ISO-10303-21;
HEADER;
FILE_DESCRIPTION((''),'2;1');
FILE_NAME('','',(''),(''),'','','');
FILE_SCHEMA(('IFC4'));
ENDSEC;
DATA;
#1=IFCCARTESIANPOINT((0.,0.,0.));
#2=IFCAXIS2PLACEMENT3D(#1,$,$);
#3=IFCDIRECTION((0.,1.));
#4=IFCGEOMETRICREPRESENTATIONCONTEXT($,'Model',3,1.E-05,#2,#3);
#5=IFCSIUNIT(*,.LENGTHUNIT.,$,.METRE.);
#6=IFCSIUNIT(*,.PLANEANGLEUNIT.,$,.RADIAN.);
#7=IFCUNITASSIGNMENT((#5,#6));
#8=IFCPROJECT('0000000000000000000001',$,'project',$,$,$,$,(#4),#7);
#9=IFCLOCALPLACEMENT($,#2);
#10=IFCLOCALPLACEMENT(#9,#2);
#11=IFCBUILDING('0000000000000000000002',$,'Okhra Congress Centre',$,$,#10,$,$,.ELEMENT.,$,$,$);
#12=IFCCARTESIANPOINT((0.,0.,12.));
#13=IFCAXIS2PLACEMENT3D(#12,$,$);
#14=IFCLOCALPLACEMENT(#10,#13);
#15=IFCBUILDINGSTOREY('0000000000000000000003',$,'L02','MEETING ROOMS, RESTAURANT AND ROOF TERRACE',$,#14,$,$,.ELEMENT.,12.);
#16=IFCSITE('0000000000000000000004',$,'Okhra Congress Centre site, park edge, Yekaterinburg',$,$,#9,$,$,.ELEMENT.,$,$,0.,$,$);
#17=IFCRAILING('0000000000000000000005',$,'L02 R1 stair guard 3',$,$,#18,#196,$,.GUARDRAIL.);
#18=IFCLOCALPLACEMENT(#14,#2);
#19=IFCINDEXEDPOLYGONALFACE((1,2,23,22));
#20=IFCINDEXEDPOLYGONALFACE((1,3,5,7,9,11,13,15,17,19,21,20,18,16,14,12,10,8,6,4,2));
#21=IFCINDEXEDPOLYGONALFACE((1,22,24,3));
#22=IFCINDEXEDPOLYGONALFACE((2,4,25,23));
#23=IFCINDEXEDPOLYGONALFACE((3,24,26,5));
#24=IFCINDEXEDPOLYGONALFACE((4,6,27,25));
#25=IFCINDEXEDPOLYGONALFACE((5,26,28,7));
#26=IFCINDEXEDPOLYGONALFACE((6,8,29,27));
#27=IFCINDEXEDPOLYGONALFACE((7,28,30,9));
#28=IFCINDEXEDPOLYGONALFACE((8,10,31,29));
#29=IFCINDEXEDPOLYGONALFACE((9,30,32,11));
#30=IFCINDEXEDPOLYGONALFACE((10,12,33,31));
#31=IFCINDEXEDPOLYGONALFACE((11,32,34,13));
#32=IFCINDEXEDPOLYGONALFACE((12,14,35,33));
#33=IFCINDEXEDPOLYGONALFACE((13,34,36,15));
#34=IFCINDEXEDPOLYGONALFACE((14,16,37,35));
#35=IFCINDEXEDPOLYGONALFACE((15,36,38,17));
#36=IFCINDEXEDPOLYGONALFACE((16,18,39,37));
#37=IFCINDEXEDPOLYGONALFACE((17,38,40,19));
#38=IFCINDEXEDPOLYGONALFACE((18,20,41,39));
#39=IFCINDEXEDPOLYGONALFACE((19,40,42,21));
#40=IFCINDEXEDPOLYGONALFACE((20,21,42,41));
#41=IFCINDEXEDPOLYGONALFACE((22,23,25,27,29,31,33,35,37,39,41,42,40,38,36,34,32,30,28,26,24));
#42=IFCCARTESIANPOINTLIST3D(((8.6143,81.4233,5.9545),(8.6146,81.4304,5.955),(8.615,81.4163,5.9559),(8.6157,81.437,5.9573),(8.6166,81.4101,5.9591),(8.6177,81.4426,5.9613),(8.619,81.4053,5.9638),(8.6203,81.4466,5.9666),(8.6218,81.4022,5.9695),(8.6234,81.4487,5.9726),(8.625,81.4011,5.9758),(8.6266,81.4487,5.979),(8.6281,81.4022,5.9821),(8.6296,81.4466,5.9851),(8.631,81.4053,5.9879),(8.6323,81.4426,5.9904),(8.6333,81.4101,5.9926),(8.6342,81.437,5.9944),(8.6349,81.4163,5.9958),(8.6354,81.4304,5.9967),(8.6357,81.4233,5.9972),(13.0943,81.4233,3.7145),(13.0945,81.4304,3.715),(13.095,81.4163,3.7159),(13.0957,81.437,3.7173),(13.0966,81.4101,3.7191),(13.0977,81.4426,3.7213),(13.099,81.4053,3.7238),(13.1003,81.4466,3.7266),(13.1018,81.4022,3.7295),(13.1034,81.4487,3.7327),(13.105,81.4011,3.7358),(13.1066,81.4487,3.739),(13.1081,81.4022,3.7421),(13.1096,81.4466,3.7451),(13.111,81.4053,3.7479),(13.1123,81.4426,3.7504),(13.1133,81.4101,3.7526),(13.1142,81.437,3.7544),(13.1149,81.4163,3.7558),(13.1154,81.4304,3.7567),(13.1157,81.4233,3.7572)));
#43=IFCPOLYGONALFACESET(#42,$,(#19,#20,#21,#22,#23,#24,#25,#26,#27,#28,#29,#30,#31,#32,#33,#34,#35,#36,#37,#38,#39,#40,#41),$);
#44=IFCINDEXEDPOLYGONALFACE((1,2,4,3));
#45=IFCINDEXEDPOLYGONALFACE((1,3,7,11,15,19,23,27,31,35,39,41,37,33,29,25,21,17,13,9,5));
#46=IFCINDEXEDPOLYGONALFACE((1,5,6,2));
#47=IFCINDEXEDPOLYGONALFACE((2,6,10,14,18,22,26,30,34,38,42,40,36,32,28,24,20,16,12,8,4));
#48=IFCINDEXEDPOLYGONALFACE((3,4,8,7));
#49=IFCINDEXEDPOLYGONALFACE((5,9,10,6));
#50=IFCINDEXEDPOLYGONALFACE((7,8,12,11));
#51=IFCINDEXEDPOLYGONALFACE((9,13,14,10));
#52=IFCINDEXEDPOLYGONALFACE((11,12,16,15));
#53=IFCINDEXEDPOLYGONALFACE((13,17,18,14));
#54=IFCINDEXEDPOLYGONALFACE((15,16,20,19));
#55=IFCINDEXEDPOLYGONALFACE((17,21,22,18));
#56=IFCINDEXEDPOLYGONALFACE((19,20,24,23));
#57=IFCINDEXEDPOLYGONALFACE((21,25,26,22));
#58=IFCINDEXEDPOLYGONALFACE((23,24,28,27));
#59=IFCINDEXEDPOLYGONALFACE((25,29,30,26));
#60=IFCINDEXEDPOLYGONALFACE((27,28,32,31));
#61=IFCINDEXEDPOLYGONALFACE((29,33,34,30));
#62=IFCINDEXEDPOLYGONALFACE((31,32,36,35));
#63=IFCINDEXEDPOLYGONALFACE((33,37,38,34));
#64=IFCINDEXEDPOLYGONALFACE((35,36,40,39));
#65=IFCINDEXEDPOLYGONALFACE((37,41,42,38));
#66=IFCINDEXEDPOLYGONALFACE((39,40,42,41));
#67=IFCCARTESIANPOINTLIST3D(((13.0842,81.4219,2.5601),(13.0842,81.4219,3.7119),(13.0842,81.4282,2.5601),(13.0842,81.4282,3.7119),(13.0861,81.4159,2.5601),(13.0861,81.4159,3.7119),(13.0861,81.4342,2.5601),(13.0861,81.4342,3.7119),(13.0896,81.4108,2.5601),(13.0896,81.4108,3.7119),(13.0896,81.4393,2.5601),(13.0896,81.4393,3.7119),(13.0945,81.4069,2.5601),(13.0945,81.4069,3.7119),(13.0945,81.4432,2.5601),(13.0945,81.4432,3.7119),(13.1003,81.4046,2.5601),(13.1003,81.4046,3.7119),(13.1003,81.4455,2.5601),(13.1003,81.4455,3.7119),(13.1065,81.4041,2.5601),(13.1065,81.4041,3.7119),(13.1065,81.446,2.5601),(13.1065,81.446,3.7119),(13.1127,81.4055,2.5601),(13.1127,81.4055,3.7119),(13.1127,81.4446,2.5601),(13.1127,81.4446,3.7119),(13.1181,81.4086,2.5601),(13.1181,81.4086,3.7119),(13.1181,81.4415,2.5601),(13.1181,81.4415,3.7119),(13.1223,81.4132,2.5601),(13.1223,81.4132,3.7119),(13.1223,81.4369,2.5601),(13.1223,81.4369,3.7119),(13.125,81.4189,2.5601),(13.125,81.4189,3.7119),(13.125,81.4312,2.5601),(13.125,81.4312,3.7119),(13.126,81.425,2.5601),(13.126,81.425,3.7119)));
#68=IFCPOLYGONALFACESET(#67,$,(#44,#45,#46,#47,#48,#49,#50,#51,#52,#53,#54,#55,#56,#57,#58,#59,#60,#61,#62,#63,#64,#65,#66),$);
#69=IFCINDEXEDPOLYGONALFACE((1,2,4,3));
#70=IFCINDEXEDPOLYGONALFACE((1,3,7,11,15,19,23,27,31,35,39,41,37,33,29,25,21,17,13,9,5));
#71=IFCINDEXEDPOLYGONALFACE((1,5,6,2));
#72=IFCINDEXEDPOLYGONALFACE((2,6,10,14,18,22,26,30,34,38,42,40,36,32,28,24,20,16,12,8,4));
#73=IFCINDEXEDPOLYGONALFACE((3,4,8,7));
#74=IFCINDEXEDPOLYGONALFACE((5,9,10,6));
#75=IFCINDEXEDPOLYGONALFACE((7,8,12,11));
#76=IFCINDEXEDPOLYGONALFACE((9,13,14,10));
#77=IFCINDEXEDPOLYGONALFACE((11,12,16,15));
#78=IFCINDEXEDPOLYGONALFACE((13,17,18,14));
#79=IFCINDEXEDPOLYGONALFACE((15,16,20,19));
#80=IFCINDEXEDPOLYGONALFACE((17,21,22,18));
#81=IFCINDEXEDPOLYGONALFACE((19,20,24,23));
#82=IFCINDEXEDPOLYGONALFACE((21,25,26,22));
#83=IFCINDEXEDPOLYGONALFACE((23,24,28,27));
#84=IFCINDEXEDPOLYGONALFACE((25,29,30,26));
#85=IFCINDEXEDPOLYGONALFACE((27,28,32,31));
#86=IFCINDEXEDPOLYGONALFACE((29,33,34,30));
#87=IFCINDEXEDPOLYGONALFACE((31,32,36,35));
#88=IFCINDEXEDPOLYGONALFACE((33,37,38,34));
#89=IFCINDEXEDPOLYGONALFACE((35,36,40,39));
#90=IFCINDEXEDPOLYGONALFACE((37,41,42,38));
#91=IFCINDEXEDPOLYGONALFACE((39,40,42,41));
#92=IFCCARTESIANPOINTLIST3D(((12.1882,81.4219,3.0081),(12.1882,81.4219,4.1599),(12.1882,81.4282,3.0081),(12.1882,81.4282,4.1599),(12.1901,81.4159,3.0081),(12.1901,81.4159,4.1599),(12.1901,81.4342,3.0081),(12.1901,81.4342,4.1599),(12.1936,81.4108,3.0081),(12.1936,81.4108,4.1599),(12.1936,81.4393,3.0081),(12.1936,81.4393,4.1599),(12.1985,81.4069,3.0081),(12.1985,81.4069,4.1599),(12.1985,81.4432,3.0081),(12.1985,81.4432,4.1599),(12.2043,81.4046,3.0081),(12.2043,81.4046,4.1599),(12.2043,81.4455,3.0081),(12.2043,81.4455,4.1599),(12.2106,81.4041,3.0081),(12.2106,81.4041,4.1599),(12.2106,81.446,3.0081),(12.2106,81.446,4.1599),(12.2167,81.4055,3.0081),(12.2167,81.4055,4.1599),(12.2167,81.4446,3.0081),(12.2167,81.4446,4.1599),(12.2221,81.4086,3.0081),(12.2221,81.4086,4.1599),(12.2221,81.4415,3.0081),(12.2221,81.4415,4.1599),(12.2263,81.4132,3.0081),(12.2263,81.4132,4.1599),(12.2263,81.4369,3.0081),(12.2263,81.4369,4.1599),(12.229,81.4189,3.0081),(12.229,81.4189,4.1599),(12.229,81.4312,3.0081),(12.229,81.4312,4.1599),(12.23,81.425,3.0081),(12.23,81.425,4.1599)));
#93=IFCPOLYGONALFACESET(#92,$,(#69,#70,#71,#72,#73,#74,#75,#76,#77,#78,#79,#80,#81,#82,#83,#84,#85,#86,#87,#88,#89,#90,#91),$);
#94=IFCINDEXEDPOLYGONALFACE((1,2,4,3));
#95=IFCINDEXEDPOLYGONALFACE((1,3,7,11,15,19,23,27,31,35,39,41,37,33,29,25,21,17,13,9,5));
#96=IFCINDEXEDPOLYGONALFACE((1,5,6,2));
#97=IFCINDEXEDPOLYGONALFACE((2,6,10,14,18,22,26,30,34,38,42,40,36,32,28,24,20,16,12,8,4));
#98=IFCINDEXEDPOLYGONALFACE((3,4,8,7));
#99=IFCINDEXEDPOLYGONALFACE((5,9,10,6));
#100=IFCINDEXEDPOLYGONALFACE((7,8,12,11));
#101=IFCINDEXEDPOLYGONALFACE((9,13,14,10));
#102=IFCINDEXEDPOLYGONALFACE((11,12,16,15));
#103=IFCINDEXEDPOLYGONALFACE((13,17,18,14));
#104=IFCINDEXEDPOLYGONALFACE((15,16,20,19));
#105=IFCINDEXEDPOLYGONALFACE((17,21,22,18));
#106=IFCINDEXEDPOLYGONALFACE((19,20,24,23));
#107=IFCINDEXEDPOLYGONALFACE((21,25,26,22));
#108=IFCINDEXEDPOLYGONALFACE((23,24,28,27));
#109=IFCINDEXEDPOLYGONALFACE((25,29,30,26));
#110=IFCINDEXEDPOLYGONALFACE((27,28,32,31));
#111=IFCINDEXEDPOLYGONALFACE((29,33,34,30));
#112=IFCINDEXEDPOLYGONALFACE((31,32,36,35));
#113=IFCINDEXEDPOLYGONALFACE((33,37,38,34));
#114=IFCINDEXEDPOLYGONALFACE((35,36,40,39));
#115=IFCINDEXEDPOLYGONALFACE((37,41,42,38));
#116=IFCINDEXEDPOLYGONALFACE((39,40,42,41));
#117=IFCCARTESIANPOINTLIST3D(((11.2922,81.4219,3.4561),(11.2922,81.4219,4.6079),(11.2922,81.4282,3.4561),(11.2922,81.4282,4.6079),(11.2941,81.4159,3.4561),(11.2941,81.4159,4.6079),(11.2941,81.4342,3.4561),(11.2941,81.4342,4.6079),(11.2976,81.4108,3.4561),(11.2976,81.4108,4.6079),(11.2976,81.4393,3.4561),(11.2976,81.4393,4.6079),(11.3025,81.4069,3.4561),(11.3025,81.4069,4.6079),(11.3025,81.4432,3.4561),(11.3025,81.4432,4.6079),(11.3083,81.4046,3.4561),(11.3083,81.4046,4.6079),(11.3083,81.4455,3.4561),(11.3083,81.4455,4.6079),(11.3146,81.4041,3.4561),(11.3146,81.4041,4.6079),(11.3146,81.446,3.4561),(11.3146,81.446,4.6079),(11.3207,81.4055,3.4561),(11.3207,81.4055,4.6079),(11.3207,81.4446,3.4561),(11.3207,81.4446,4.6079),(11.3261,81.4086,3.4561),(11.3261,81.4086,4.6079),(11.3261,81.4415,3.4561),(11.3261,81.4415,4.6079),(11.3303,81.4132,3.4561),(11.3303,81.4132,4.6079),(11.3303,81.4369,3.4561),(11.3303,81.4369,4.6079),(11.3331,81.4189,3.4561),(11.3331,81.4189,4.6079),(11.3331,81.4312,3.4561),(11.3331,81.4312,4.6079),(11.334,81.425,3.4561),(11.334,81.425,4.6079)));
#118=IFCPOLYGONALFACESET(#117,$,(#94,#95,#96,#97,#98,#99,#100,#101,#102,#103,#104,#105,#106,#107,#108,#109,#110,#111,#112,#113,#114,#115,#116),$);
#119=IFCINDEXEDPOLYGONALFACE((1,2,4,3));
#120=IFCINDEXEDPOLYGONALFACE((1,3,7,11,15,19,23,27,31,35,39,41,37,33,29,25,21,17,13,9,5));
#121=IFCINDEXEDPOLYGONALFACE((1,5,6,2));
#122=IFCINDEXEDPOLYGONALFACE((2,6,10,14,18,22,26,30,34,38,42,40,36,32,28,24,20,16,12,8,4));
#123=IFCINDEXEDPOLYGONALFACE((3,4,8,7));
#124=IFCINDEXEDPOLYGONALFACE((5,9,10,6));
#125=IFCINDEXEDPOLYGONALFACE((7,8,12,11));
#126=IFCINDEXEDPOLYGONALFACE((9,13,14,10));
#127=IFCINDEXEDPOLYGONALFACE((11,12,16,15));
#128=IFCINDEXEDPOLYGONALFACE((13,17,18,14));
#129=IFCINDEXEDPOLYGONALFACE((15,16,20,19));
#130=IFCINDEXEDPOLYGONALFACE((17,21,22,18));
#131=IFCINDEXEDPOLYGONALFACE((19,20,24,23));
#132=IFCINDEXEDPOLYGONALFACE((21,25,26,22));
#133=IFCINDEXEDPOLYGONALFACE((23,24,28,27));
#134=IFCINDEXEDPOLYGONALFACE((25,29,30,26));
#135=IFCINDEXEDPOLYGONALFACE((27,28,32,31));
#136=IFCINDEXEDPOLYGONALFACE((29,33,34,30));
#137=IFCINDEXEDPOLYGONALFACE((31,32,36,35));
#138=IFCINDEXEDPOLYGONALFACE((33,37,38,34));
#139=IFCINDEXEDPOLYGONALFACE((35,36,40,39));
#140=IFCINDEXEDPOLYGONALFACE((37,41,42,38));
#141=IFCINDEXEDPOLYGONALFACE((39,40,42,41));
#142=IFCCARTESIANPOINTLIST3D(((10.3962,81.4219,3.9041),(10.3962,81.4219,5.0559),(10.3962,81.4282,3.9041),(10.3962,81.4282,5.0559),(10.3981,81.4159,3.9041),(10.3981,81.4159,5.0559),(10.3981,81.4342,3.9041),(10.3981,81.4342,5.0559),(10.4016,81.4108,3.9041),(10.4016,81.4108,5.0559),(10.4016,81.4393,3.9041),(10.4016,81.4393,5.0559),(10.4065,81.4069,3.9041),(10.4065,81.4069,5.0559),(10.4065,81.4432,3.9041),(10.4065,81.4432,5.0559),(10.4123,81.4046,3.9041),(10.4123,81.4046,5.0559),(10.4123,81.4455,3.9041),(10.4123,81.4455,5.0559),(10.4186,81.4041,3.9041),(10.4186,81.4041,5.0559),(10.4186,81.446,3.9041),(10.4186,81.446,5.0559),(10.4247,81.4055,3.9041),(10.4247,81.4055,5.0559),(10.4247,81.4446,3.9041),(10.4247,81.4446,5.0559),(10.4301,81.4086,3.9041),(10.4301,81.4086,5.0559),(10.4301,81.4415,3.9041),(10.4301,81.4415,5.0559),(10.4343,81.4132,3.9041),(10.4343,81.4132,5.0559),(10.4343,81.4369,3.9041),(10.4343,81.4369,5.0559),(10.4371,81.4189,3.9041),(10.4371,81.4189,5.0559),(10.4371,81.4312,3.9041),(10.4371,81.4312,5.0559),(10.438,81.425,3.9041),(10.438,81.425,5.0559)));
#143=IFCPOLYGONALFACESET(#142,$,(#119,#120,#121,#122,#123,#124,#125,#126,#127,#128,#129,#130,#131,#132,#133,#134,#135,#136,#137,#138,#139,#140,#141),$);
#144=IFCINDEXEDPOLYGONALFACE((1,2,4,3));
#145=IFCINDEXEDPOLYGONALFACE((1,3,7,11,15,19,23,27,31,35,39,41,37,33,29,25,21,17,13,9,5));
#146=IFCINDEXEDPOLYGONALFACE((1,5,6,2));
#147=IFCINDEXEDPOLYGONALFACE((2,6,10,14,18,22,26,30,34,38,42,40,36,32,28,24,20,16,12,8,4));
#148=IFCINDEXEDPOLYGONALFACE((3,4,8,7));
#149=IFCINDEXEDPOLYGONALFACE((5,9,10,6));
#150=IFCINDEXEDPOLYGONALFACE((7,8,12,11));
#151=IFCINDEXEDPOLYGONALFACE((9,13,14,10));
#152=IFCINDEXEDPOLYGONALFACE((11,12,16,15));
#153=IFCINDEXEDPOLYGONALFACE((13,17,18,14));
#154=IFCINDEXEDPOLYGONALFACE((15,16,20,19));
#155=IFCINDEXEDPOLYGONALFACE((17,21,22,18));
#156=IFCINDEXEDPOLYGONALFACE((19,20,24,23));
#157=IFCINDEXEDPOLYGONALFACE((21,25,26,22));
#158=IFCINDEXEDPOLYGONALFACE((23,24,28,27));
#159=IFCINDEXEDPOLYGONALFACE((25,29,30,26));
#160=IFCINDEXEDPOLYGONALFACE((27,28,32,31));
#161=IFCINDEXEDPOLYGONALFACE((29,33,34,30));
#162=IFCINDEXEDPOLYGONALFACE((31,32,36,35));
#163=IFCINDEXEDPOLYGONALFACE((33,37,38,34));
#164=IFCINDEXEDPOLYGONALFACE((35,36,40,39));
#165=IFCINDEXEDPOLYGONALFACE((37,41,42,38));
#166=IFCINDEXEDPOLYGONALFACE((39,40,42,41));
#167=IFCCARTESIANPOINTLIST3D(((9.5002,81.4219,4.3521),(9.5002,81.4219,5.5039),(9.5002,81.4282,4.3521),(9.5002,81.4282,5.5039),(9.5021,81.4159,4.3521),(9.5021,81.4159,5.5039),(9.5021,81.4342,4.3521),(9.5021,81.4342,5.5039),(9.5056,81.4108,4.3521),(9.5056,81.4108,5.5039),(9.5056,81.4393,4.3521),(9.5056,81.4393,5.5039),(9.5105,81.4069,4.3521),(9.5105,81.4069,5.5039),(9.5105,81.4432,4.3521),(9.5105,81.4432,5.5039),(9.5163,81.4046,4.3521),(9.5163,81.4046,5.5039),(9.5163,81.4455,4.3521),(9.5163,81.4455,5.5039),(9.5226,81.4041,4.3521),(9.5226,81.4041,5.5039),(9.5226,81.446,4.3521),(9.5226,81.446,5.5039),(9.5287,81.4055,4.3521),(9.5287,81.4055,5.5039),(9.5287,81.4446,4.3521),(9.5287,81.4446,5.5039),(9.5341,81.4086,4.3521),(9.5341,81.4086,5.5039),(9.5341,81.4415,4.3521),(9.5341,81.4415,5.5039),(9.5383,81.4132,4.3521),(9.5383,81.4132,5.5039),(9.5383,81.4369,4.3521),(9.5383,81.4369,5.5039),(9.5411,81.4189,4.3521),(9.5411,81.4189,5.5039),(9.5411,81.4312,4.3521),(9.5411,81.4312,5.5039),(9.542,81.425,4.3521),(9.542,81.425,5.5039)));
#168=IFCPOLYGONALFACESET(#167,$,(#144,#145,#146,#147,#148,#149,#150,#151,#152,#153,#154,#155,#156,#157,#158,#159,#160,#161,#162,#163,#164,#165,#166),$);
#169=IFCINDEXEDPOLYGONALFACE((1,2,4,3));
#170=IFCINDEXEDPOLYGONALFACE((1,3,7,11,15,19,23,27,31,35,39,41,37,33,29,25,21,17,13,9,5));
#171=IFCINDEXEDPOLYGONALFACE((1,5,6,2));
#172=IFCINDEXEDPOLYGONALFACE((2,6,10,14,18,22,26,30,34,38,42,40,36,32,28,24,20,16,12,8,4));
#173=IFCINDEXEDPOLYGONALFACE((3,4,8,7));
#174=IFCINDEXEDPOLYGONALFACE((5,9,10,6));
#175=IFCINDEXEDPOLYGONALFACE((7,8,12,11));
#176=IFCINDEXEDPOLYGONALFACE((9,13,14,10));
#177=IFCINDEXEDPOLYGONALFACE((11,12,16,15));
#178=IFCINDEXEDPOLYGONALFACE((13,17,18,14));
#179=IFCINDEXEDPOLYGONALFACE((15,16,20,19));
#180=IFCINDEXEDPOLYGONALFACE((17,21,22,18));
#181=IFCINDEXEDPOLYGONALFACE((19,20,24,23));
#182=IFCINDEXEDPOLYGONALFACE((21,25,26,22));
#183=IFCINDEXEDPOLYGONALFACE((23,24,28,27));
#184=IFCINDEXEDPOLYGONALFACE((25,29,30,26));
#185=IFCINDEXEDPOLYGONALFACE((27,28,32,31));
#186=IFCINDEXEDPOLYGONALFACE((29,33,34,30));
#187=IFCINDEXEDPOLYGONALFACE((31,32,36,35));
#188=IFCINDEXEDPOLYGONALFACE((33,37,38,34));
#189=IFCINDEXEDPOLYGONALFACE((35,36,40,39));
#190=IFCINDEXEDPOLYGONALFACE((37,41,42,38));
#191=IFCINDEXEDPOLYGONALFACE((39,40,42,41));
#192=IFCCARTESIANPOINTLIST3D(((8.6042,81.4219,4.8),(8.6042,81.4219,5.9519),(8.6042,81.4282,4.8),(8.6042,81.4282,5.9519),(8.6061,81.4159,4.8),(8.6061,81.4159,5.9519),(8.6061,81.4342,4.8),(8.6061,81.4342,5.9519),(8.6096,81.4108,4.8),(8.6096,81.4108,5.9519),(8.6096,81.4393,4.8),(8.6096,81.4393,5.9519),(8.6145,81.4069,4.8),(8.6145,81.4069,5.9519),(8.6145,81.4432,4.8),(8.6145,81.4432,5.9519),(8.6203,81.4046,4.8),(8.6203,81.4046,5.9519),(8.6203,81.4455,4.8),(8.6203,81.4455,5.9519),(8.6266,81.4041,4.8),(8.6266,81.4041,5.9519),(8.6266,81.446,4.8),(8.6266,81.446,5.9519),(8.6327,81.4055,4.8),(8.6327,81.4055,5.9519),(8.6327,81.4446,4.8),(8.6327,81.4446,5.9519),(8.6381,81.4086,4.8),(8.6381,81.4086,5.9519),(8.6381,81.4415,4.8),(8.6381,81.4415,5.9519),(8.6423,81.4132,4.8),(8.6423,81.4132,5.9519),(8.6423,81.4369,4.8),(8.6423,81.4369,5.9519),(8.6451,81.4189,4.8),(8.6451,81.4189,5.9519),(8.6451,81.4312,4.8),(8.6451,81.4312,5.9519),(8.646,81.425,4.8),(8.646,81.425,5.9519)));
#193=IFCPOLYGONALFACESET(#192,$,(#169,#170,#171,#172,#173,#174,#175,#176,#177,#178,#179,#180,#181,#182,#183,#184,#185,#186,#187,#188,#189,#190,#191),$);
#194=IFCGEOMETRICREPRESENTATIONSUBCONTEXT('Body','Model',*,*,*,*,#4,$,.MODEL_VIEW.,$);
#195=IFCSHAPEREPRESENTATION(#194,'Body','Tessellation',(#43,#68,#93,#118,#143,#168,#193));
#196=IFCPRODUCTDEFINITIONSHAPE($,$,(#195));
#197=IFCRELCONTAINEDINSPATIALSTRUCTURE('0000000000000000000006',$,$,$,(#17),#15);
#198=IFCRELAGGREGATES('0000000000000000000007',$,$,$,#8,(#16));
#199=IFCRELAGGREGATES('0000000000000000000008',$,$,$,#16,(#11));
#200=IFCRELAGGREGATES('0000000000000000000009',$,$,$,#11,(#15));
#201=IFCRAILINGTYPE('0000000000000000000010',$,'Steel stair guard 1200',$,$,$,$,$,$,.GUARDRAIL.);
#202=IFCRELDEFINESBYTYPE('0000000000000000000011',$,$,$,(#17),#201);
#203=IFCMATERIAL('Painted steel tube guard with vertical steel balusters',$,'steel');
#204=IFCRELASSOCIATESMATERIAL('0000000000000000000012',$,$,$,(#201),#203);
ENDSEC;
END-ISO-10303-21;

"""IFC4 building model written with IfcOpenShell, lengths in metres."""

from ifc_helpers import new_model, si_unit, direction, frame, origin, origin_2d, place, context, subcontext, project, spatial, circle, extrude, material, type_object, element, save


model = new_model("IFC4")

# Units and contexts
model_context = context("Model", 3, precision=1e-05, world=origin(), true_north=direction((0.0, 1.0)))
body_context = subcontext(model_context, "Body", "Model", "MODEL_VIEW")
ifc_project = project(units=[si_unit("LENGTHUNIT", "METRE"), si_unit("PLANEANGLEUNIT", "RADIAN")], contexts=[model_context])

# Site, building, storey
site_placement = place(None, origin())
site = spatial("IfcSite", under=ifc_project, at=site_placement, Name="Okhra Congress Centre site, park edge, Yekaterinburg", CompositionType="ELEMENT", RefElevation=0.0)
building_placement = place(site_placement, origin())
building = spatial("IfcBuilding", under=site, at=building_placement, Name="Okhra Congress Centre", CompositionType="ELEMENT")
storey_placement = place(building_placement, frame((0.0, 0.0, 12.0)))
storey = spatial("IfcBuildingStorey", under=building, at=storey_placement, Name="L02", Description="MEETING ROOMS, RESTAURANT AND ROOF TERRACE", CompositionType="ELEMENT", Elevation=12.0)

# Railing
ifc_material_1 = material(Name="Painted steel tube guard with vertical steel balusters", Category="steel")
railing_type_1 = type_object("IfcRailingType", Name="Steel stair guard 1200", PredefinedType="GUARDRAIL", material=ifc_material_1)
railing_1_placement = place(storey_placement, frame((13.105, 81.425, 2.5601)))
element("IfcRailing", 1, at=railing_1_placement, inside=storey, type_object=railing_type_1, Name="L02 R1 stair guard 3", PredefinedType="GUARDRAIL", context=body_context, shape_type="SweptSolid", body=[
    extrude(circle(Radius=0.0239, at=origin_2d()), frame((0.0, 0.0, 1.1758), z_axis=(-0.894427, 0.0, 0.447214), x_axis=(0.0, -1.0, 0.0)), (0.0, 0.0, 1.0), 5.0088),
    extrude(circle(Radius=0.021, at=origin_2d()), origin(), (0.0, 0.0, 1.0), 1.1519),
    extrude(circle(Radius=0.021, at=origin_2d()), frame((-0.896, 0.0, 0.448)), (0.0, 0.0, 1.0), 1.1519),
    extrude(circle(Radius=0.021, at=origin_2d()), frame((-1.792, 0.0, 0.896)), (0.0, 0.0, 1.0), 1.1519),
    extrude(circle(Radius=0.021, at=origin_2d()), frame((-2.688, 0.0, 1.344)), (0.0, 0.0, 1.0), 1.1519),
    extrude(circle(Radius=0.021, at=origin_2d()), frame((-3.584, 0.0, 1.792)), (0.0, 0.0, 1.0), 1.1519),
    extrude(circle(Radius=0.021, at=origin_2d()), frame((-4.48, 0.0, 2.24)), (0.0, 0.0, 1.0), 1.1519),
])

save(model, "model.ifc")
